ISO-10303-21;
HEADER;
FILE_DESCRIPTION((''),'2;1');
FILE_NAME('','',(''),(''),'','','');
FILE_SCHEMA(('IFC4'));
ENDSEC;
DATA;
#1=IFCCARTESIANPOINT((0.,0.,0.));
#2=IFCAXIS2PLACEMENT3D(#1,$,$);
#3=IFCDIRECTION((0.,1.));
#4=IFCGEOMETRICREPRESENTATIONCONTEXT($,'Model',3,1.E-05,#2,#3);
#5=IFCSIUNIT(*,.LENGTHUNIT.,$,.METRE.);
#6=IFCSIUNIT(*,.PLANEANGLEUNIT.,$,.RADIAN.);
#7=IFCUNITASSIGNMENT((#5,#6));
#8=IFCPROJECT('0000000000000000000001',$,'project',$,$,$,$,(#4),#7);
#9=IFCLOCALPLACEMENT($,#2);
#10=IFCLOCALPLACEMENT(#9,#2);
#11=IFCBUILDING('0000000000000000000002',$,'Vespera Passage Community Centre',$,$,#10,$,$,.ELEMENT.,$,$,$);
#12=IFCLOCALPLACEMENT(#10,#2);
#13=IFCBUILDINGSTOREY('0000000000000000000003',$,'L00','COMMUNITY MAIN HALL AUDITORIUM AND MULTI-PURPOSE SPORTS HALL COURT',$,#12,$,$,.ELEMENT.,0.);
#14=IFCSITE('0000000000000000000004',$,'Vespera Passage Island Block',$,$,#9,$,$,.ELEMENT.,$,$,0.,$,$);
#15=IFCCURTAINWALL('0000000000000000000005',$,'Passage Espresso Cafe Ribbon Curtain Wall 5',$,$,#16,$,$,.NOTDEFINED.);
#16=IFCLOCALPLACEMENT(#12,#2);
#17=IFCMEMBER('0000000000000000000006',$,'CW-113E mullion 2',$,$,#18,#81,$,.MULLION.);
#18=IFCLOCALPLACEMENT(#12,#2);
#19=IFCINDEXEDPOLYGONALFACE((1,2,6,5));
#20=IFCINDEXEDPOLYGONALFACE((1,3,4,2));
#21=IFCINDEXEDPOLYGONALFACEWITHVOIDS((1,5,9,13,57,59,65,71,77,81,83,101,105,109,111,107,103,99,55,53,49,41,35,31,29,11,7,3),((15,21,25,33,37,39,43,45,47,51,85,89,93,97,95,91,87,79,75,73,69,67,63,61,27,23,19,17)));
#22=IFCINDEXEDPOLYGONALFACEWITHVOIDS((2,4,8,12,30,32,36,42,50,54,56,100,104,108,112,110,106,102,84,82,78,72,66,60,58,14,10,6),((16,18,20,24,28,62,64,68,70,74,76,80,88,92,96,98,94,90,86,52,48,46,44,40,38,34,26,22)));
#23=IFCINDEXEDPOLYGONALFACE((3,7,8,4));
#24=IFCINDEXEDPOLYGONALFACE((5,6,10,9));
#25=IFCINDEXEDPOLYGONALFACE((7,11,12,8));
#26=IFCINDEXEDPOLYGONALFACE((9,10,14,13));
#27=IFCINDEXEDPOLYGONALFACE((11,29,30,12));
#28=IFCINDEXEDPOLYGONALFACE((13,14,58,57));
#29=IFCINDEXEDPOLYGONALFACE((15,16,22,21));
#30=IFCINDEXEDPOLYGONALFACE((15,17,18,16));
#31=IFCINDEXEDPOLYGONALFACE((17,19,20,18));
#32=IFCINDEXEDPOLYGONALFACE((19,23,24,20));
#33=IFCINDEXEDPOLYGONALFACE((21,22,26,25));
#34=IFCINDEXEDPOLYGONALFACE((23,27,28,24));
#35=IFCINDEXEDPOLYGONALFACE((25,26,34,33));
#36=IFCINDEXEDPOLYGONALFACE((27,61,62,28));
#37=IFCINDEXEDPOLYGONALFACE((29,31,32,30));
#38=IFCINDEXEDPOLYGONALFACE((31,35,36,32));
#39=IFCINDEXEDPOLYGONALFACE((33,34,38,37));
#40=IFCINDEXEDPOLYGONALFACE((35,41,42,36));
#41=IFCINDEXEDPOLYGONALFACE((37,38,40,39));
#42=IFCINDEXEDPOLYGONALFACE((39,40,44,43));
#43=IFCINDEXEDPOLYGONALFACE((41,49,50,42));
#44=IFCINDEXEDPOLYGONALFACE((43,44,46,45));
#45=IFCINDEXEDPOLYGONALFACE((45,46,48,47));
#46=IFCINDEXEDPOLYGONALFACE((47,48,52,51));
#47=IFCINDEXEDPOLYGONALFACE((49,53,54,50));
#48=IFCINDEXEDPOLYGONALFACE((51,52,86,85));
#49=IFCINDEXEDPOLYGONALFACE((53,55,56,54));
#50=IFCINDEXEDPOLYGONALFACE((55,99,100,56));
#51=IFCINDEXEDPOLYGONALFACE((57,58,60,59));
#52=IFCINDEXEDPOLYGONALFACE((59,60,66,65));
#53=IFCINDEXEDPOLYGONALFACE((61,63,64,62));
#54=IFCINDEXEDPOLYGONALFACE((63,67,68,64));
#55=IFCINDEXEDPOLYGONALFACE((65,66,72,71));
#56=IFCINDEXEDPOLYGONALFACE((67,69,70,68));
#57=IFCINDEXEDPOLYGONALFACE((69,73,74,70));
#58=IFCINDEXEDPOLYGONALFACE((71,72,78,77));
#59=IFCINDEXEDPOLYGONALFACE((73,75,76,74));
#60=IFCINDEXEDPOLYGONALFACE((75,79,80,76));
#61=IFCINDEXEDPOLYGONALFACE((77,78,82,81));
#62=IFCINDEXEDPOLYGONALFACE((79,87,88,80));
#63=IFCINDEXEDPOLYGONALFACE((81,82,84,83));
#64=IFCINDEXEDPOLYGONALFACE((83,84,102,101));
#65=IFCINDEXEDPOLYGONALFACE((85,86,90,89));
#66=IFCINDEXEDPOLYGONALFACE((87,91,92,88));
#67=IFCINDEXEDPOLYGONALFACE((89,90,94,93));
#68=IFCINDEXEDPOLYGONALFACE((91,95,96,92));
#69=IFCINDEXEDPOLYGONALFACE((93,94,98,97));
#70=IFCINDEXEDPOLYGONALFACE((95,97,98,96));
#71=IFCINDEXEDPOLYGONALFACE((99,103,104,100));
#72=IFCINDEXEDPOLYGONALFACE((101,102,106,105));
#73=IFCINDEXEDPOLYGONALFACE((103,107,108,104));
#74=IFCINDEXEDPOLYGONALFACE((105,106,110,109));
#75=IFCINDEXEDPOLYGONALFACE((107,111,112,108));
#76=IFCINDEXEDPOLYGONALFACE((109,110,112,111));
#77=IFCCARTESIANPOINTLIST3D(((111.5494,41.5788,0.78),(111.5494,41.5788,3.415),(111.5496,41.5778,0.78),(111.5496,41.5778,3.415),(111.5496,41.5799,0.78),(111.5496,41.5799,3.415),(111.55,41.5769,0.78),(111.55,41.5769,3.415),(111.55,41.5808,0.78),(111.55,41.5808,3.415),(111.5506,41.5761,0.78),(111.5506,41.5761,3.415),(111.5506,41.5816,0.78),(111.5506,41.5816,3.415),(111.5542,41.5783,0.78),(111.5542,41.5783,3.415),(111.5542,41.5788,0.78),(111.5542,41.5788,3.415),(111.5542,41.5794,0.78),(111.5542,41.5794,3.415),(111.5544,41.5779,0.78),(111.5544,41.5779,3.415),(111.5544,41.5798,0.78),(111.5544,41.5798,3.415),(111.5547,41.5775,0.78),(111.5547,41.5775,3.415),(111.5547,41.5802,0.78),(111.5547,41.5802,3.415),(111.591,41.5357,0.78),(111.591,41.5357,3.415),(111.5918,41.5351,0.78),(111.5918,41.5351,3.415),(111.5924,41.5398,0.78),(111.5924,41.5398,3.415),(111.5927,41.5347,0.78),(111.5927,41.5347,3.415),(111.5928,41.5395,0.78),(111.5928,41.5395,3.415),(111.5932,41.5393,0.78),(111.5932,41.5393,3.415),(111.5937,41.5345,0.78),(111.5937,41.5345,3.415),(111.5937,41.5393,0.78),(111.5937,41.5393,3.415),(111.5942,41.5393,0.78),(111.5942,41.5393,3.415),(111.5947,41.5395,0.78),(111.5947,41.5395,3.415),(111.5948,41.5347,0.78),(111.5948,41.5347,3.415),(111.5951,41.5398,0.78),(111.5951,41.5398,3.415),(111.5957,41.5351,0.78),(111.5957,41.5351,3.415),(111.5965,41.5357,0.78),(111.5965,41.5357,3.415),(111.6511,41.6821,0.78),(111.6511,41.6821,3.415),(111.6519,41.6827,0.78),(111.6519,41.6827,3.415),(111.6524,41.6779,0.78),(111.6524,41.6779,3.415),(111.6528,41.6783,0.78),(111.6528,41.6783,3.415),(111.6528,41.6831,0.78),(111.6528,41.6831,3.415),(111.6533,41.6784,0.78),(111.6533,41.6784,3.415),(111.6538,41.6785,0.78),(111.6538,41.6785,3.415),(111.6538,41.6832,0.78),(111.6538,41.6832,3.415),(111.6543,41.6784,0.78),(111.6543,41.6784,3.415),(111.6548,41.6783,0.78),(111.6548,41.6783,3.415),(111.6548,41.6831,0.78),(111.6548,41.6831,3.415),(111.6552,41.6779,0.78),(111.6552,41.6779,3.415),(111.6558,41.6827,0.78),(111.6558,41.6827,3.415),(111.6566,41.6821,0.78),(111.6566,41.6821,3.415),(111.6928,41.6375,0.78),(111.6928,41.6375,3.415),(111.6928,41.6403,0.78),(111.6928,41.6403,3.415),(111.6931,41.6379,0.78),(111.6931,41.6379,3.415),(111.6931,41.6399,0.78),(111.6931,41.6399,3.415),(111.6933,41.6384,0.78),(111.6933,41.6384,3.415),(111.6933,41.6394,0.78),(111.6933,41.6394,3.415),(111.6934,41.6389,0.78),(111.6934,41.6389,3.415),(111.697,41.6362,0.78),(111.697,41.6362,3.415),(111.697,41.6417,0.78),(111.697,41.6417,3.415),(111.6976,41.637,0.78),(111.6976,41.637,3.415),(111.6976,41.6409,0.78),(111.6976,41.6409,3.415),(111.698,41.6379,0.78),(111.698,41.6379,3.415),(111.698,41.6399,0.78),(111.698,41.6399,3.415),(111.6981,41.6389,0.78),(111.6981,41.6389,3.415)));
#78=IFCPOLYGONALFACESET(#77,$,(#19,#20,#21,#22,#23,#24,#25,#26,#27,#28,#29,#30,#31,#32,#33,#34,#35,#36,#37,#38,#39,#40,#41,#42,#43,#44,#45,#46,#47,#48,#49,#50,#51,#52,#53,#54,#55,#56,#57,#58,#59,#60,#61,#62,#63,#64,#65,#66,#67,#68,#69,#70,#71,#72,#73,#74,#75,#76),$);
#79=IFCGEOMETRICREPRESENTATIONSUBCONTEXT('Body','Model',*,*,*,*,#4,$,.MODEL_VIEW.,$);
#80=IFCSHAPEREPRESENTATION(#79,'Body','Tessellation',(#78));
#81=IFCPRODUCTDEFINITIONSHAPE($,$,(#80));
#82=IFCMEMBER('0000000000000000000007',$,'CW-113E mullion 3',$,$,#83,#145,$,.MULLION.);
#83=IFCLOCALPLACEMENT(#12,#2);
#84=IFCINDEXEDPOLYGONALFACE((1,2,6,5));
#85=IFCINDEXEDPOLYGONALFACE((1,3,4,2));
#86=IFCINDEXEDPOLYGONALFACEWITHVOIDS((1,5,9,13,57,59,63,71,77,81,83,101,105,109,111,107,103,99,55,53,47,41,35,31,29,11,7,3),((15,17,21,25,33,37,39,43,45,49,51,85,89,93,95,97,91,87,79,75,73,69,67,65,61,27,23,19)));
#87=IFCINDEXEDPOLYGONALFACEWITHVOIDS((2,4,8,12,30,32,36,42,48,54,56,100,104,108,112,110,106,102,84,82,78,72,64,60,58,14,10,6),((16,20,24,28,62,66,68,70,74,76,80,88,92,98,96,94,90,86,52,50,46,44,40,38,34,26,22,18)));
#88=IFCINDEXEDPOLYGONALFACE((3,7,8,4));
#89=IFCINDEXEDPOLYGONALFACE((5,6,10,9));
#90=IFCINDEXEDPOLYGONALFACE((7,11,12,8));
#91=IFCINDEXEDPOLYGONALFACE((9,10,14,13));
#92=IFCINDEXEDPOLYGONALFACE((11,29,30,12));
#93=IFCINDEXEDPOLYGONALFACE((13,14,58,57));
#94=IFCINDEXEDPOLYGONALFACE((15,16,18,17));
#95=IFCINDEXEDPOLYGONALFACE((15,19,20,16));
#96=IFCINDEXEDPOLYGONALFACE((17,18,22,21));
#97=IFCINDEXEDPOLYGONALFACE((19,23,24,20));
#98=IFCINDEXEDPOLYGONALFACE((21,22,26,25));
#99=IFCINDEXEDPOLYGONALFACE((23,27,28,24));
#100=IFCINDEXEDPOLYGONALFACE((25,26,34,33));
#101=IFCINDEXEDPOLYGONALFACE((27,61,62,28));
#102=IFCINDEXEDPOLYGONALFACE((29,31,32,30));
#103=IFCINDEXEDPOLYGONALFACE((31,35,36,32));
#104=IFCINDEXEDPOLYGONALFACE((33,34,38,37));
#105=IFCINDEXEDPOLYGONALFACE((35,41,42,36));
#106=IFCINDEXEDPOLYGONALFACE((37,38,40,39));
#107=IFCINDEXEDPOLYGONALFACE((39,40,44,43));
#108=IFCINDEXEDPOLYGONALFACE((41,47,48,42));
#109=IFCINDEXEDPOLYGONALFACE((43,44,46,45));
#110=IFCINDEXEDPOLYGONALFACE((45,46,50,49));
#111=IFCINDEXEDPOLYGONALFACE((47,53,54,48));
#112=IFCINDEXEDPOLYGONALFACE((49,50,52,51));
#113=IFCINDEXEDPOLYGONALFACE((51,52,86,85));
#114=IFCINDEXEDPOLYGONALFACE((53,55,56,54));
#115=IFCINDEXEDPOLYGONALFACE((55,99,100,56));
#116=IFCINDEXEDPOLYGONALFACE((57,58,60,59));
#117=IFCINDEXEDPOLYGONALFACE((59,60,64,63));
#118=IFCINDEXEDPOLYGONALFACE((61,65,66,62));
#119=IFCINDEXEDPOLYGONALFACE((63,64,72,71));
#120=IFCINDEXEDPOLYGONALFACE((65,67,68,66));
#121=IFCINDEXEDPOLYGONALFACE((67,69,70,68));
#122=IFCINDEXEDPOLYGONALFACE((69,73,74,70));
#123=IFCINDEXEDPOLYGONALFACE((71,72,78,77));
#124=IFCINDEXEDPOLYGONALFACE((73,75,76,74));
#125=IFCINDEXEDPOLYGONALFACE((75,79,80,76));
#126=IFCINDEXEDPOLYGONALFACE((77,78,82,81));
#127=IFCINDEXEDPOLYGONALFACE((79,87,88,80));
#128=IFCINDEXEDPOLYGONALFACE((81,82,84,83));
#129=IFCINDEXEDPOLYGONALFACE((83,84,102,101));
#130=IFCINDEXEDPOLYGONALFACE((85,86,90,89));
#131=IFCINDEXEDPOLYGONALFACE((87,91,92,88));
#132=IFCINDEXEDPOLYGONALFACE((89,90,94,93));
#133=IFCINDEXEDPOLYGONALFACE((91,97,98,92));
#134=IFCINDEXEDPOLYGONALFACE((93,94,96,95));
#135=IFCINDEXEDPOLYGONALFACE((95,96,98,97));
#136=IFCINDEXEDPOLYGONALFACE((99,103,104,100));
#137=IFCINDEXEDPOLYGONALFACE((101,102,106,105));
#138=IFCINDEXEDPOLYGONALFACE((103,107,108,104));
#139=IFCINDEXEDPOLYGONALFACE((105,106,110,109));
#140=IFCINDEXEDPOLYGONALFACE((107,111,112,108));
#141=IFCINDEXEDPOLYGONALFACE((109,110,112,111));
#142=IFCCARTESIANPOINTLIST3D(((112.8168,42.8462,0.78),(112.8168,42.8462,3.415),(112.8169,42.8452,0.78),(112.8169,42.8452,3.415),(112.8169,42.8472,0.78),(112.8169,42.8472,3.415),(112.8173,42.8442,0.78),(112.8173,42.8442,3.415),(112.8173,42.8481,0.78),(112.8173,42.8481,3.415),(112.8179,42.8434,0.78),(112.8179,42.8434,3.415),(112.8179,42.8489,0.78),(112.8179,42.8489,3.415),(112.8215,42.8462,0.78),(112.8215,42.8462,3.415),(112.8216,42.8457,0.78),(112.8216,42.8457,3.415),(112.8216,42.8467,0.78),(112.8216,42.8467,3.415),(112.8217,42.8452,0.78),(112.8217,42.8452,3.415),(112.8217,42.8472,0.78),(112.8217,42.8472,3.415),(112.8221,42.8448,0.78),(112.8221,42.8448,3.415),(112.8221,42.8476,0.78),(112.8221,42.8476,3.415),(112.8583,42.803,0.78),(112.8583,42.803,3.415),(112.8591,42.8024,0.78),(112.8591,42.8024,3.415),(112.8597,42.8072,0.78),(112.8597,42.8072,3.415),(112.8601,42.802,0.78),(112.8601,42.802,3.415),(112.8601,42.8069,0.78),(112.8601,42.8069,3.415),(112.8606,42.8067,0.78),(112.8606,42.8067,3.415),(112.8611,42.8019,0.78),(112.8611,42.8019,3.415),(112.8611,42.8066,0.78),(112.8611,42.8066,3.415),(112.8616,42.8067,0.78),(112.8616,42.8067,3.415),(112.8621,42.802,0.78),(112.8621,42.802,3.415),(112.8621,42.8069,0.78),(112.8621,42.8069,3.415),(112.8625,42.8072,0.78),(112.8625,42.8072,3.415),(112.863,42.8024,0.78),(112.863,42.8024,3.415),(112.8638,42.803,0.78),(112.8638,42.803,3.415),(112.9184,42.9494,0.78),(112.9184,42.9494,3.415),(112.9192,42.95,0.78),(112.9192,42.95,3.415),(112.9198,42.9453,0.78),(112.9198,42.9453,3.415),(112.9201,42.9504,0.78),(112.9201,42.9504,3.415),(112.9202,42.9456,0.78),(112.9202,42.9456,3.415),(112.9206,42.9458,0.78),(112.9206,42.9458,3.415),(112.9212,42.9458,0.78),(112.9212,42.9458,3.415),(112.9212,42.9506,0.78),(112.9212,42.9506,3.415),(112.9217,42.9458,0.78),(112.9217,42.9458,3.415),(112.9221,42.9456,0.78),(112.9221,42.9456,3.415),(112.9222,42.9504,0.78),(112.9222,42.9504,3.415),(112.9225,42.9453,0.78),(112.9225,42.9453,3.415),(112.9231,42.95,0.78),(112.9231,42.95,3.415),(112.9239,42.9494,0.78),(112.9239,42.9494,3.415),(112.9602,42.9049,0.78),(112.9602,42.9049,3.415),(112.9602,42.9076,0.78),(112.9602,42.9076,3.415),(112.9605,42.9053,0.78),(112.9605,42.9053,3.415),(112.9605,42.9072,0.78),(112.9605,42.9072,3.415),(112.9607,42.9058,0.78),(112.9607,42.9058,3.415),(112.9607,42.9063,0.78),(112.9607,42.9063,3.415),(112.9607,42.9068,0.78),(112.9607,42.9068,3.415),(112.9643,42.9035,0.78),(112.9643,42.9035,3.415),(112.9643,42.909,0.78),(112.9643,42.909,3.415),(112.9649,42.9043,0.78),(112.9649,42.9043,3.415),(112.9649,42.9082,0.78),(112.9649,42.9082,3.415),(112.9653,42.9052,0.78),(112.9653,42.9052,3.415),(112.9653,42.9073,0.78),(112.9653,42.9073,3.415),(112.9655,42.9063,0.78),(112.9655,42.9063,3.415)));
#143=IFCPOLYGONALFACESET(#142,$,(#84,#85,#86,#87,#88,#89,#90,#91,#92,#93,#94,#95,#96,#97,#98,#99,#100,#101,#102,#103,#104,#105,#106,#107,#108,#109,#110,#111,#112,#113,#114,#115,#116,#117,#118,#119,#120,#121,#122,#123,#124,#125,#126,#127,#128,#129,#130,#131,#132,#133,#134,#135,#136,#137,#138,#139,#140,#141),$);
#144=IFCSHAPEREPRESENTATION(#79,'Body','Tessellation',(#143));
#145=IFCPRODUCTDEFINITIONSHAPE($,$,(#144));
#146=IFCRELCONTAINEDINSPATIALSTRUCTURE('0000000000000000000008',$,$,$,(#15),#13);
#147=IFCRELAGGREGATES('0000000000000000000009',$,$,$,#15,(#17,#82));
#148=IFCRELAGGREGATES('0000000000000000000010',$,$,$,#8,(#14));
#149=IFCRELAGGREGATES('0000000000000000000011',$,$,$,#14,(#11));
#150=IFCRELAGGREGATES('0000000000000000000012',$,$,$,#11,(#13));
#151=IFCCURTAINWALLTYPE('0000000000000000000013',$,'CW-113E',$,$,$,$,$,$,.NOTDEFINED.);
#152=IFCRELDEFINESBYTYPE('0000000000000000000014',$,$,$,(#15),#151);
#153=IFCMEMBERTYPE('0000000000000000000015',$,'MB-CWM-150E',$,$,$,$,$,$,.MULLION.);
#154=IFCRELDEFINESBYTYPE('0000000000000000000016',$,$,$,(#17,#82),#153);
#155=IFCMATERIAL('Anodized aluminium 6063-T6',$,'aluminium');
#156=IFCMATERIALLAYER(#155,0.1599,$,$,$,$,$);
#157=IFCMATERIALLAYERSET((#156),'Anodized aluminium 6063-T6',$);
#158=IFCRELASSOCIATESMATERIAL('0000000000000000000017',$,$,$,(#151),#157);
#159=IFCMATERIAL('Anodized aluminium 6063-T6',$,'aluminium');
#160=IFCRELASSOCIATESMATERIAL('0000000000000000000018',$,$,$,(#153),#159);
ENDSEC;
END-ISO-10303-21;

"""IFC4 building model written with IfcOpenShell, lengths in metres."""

from ifc_helpers import new_model, si_unit, direction, frame, origin, origin_2d, place, context, subcontext, project, spatial, hollow_rectangle, extrude, material, layer, layer_set, material_profile, profile_set, type_object, element, aggregate, save


model = new_model("IFC4")

# Units and contexts
model_context = context("Model", 3, precision=1e-05, world=origin(), true_north=direction((0.0, 1.0)))
body_context = subcontext(model_context, "Body", "Model", "MODEL_VIEW")
ifc_project = project(units=[si_unit("LENGTHUNIT", "METRE"), si_unit("PLANEANGLEUNIT", "RADIAN")], contexts=[model_context])

# Site, building, storey
site_placement = place(None, origin())
site = spatial("IfcSite", under=ifc_project, at=site_placement, Name="Vespera Passage Island Block", CompositionType="ELEMENT", RefElevation=0.0)
building_placement = place(site_placement, origin())
building = spatial("IfcBuilding", under=site, at=building_placement, Name="Vespera Passage Community Centre", CompositionType="ELEMENT")
storey_placement = place(building_placement, origin())
storey = spatial("IfcBuildingStorey", under=building, at=storey_placement, Name="L00", Description="COMMUNITY MAIN HALL AUDITORIUM AND MULTI-PURPOSE SPORTS HALL COURT", CompositionType="ELEMENT", Elevation=0.0)

# Curtain wall, members
ifc_material_1 = material(Name="Anodized aluminium 6063-T6", Category="aluminium")
ifc_layer_1 = layer(ifc_material_1, 0.1599)
ifc_layer_set_1 = layer_set([ifc_layer_1], Name="Anodized aluminium 6063-T6")
curtain_wall_type = type_object("IfcCurtainWallType", Name="CW-113E", PredefinedType="NOTDEFINED", material=ifc_layer_set_1)
curtain_wall_placement = place(storey_placement, origin())
curtain_wall = element("IfcCurtainWall", 1, at=curtain_wall_placement, inside=storey, type_object=curtain_wall_type, Name="Passage Espresso Cafe Ribbon Curtain Wall 5", PredefinedType="NOTDEFINED")
ifc_material_2 = material(Name="Anodized aluminium 6063-T6", Category="aluminium")
ifc_material_profile_1 = material_profile(ifc_material_2, hollow_rectangle(XDim=0.0649, YDim=0.1499, WallThickness=0.0039, InnerFilletRadius=0.002, OuterFilletRadius=0.0039, at=origin_2d()), Name="ALU150X65X4")
ifc_profile_set_1 = profile_set([ifc_material_profile_1], Name="Anodized aluminium 6063-T6")
member_type_1 = type_object("IfcMemberType", Name="MB-CWM-150E", PredefinedType="MULLION", material=ifc_profile_set_1)
member_1_placement = place(storey_placement, frame((111.6238, 41.6089, 0.78), z_axis=(0.0, 0.0, 1.0), x_axis=(-0.707107, 0.707107, 0.0)))
member_1 = element("IfcMember", 2, at=member_1_placement, type_object=member_type_1, Name="CW-113E mullion 2", PredefinedType="MULLION", context=body_context, shape_type="SweptSolid", body=[
    extrude(hollow_rectangle(XDim=0.0649, YDim=0.1499, WallThickness=0.0039, InnerFilletRadius=0.002, OuterFilletRadius=0.0039, at=origin_2d()), origin(), (0.0, 0.0, 1.0), 2.635),
])
member_2_placement = place(storey_placement, frame((112.8911, 42.8762, 0.78), z_axis=(0.0, 0.0, 1.0), x_axis=(-0.707107, 0.707107, 0.0)))
member_2 = element("IfcMember", 3, at=member_2_placement, type_object=member_type_1, Name="CW-113E mullion 3", PredefinedType="MULLION", context=body_context, shape_type="SweptSolid", body=[
    extrude(hollow_rectangle(XDim=0.0649, YDim=0.1499, WallThickness=0.0039, InnerFilletRadius=0.002, OuterFilletRadius=0.0039, at=origin_2d()), origin(), (0.0, 0.0, 1.0), 2.635),
])
aggregate(curtain_wall, [member_1, member_2])

save(model, "model.ifc")
